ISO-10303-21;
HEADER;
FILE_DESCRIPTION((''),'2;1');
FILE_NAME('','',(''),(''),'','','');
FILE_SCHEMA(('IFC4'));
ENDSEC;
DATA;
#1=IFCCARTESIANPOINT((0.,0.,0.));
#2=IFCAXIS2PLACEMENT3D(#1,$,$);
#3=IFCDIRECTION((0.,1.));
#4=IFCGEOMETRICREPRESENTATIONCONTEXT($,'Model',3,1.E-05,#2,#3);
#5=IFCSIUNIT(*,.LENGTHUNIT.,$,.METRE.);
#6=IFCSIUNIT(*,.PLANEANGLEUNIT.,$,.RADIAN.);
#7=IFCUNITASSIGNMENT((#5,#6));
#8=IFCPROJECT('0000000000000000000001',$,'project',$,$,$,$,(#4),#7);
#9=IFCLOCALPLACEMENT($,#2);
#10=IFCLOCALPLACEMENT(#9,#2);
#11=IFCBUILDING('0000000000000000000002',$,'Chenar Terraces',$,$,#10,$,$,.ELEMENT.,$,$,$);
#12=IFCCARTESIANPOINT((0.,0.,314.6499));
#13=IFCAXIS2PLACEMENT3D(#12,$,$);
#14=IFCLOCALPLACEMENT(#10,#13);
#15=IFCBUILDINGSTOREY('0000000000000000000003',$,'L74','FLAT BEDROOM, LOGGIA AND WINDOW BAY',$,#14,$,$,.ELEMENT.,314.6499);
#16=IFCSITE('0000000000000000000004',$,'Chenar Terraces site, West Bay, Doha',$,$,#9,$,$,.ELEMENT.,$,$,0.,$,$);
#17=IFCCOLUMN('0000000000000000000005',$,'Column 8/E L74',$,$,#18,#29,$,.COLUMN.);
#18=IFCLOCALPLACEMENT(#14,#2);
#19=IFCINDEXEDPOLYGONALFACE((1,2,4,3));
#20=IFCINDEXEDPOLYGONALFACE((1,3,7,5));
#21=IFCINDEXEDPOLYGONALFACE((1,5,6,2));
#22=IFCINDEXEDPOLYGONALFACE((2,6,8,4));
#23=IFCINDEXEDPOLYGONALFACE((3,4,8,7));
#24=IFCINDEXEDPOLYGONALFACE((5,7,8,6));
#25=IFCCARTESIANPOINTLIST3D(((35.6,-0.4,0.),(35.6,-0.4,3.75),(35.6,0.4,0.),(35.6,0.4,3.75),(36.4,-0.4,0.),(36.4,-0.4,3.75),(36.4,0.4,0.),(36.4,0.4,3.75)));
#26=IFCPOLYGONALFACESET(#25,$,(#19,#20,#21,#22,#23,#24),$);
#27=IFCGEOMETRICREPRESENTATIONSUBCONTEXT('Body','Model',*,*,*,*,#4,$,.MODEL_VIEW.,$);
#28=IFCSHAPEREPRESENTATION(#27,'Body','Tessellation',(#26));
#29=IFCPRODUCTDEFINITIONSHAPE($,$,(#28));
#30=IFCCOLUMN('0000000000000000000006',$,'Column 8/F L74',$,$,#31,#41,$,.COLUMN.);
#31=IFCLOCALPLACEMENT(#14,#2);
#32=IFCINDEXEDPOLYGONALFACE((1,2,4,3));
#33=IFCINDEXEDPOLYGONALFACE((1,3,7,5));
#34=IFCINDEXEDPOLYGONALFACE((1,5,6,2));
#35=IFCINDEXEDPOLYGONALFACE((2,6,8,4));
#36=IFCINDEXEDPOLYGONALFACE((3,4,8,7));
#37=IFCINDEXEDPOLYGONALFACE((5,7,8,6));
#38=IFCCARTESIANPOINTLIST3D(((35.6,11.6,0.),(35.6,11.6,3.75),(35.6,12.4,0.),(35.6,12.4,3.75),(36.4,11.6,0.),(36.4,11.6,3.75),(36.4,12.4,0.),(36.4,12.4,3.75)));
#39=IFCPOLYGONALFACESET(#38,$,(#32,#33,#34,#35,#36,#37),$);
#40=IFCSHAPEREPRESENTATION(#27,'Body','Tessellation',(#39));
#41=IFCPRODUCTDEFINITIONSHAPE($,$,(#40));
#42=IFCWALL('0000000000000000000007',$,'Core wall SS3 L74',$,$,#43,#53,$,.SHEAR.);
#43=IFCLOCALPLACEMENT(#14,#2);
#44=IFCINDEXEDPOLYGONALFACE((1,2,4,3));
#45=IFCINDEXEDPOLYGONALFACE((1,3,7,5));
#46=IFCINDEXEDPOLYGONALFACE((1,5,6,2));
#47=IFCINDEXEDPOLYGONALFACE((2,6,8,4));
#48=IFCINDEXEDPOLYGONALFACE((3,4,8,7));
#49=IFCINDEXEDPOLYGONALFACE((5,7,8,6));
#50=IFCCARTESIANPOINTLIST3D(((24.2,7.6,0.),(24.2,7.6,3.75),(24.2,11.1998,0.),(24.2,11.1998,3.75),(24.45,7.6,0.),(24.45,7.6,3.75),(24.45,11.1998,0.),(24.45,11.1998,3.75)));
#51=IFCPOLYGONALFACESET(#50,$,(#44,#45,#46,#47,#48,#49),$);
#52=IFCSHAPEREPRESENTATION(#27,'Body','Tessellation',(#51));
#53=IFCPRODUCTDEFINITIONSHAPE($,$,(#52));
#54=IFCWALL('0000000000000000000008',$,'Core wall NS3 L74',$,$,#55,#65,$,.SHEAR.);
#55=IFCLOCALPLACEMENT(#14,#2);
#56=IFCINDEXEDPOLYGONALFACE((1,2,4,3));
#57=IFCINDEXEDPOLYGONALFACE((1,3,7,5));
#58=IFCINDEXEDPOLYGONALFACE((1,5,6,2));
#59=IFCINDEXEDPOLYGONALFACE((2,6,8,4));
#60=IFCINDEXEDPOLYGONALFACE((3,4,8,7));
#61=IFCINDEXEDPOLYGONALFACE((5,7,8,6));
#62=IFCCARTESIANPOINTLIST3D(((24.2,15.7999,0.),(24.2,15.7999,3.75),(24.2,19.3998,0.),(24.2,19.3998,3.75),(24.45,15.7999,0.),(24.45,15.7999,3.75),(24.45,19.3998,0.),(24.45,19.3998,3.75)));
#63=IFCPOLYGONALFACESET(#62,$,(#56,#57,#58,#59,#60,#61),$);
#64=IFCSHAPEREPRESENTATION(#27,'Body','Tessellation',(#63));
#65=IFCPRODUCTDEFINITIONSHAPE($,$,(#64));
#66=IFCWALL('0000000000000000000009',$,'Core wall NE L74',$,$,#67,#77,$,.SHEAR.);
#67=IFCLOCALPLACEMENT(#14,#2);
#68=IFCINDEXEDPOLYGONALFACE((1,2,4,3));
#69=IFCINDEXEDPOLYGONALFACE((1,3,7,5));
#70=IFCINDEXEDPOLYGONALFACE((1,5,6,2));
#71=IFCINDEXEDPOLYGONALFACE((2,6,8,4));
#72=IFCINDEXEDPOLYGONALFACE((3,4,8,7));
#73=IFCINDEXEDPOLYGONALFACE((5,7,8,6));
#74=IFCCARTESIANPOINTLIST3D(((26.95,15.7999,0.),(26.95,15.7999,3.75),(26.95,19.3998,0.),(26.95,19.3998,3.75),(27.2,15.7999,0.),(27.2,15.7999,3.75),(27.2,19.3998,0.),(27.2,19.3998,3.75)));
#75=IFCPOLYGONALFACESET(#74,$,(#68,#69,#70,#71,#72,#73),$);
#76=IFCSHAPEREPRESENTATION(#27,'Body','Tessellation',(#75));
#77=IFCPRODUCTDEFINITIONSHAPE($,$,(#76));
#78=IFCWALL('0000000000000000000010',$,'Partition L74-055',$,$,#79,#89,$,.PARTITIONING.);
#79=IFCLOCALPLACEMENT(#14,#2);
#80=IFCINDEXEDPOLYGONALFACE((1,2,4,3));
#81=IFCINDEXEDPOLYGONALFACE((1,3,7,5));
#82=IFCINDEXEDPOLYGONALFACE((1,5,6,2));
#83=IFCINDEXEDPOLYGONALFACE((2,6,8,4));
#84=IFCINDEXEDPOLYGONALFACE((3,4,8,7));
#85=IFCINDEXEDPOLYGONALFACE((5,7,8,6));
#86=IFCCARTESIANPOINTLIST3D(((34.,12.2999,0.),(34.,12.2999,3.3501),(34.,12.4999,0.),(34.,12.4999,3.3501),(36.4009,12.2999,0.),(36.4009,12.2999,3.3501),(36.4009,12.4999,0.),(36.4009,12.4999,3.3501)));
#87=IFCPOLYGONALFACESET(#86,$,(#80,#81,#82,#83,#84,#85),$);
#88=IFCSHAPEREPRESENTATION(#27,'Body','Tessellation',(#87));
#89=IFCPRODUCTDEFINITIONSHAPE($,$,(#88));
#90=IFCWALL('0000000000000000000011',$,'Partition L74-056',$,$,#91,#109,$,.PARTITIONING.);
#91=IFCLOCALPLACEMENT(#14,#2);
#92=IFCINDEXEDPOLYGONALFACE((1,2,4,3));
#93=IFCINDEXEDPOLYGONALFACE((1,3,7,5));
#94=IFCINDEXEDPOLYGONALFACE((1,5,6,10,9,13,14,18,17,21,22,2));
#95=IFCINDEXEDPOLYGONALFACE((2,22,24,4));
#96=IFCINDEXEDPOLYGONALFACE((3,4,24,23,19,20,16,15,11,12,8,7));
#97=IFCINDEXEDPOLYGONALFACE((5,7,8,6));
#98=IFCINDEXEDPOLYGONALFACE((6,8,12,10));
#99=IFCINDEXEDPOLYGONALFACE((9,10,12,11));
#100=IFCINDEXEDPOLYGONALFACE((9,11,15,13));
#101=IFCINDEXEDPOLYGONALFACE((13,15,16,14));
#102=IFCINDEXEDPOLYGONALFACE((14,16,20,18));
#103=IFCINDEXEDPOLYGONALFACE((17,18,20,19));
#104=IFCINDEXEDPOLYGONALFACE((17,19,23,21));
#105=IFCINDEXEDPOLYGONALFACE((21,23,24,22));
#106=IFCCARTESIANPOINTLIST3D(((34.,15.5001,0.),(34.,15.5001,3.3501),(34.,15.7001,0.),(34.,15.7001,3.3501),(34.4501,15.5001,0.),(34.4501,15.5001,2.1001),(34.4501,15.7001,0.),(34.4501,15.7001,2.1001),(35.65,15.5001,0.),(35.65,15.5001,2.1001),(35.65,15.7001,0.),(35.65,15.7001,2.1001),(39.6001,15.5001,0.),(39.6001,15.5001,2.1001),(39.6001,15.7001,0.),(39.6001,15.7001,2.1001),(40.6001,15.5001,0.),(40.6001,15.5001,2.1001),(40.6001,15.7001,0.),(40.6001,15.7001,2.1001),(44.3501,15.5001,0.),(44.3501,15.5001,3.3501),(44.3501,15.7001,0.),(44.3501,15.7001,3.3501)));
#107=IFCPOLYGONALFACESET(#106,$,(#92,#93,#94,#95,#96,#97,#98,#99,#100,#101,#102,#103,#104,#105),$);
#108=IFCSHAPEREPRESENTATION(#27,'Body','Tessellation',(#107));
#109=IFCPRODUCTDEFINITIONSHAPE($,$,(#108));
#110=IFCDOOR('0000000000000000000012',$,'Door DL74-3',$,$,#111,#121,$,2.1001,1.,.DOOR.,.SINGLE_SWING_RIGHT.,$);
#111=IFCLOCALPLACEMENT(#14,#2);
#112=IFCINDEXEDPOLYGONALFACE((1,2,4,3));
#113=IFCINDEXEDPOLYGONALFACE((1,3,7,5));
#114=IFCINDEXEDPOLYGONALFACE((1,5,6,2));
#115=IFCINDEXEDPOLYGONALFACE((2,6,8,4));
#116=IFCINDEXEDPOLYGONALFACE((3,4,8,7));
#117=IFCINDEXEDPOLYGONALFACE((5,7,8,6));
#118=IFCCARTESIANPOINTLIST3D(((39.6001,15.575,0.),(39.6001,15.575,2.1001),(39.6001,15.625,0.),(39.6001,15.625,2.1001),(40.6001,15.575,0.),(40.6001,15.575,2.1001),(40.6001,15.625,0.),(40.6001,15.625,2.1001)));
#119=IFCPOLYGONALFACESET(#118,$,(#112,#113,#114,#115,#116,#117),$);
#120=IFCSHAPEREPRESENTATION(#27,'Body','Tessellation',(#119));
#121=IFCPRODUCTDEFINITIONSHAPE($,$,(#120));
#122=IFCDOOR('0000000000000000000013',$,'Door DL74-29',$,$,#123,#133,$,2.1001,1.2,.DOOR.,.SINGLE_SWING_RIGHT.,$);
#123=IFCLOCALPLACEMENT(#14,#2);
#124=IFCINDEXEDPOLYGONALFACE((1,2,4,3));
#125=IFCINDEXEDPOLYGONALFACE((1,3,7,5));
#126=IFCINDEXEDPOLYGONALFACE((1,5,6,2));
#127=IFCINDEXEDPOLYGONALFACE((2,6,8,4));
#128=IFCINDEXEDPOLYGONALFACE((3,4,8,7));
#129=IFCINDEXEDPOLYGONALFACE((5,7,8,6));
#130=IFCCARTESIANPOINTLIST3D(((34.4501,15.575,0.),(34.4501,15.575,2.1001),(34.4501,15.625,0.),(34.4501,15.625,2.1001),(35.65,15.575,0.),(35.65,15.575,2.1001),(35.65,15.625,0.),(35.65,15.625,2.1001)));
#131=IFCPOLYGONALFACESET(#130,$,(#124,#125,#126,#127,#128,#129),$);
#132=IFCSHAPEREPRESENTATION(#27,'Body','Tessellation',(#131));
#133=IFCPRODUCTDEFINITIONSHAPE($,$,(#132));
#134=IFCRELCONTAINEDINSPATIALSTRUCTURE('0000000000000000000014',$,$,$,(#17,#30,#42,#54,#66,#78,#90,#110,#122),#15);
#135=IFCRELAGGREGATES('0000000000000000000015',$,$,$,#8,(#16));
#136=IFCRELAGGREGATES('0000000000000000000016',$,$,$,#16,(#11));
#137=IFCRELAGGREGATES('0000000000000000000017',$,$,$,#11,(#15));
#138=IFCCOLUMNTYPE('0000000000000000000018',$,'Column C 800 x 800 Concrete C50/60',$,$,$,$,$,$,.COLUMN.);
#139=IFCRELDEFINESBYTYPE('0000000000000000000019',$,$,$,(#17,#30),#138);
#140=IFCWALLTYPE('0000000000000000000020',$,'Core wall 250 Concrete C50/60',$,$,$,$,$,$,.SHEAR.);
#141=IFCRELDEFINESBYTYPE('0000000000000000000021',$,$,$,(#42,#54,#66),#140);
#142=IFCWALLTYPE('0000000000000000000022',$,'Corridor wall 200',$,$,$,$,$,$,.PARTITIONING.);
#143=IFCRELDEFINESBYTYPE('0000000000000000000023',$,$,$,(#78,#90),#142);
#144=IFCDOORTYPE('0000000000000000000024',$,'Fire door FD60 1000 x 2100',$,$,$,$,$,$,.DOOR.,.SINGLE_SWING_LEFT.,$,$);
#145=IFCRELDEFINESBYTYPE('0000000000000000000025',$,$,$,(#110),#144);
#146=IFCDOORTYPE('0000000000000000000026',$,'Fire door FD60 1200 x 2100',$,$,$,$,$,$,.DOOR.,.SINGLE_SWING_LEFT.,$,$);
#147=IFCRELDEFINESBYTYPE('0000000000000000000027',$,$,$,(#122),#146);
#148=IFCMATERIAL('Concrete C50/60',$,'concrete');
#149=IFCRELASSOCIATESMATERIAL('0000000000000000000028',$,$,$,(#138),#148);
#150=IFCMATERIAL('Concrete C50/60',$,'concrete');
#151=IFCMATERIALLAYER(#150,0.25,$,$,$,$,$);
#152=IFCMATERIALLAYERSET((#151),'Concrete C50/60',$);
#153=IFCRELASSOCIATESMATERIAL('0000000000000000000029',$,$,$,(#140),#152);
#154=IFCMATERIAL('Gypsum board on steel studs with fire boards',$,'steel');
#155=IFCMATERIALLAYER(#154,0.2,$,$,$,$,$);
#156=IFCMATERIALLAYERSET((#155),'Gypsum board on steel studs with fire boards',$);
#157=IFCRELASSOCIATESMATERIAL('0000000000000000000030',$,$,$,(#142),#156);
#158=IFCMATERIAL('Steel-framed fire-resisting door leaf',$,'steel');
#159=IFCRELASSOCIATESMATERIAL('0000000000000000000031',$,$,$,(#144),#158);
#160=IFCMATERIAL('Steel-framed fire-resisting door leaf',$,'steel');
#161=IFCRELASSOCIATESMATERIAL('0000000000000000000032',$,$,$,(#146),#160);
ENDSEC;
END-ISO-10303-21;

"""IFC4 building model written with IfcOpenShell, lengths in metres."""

from ifc_helpers import new_model, si_unit, direction, frame, frame_2d, origin, origin_2d, place, context, subcontext, project, spatial, rectangle, extrude, material, layer, layer_set, material_profile, profile_set, type_object, element, fill, save


model = new_model("IFC4")

# Units and contexts
model_context = context("Model", 3, precision=1e-05, world=origin(), true_north=direction((0.0, 1.0)))
body_context = subcontext(model_context, "Body", "Model", "MODEL_VIEW")
ifc_project = project(units=[si_unit("LENGTHUNIT", "METRE"), si_unit("PLANEANGLEUNIT", "RADIAN")], contexts=[model_context])

# Site, building, storey
site_placement = place(None, origin())
site = spatial("IfcSite", under=ifc_project, at=site_placement, Name="Chenar Terraces site, West Bay, Doha", CompositionType="ELEMENT", RefElevation=0.0)
building_placement = place(site_placement, origin())
building = spatial("IfcBuilding", under=site, at=building_placement, Name="Chenar Terraces", CompositionType="ELEMENT")
storey_placement = place(building_placement, frame((0.0, 0.0, 314.6499)))
storey = spatial("IfcBuildingStorey", under=building, at=storey_placement, Name="L74", Description="FLAT BEDROOM, LOGGIA AND WINDOW BAY", CompositionType="ELEMENT", Elevation=314.6499)

# Columns
ifc_material_1 = material(Name="Concrete C50/60", Category="concrete")
ifc_material_profile = material_profile(ifc_material_1, rectangle(XDim=0.8, YDim=0.8, at=origin_2d()), Name="C 800 x 800")
ifc_profile_set = profile_set([ifc_material_profile], Name="Concrete C50/60")
column_type = type_object("IfcColumnType", Name="Column C 800 x 800 Concrete C50/60", PredefinedType="COLUMN", material=ifc_profile_set)
for number, where, z_axis, x_axis, name in (
    (1, (36.0, 0.0, 0.0), (0.0, 0.0, 1.0), (1.0, 0.0, 0.0), "Column 8/E L74"),
    (2, (36.0, 12.0, 0.0), (0.0, 0.0, 1.0), (1.0, 0.0, 0.0), "Column 8/F L74"),
):
    element("IfcColumn", number, at=place(storey_placement, frame(where, z_axis=z_axis, x_axis=x_axis)), inside=storey, type_object=column_type, Name=name, PredefinedType="COLUMN", context=body_context, shape_type="SweptSolid", body=[
        extrude(rectangle(XDim=0.8, YDim=0.8, at=origin_2d()), origin(), (0.0, 0.0, 1.0), 3.75),
    ])

# Walls
ifc_material_2 = material(Name="Concrete C50/60", Category="concrete")
ifc_layer_1 = layer(ifc_material_2, 0.25)
ifc_layer_set_1 = layer_set([ifc_layer_1], Name="Concrete C50/60")
wall_type_1 = type_object("IfcWallType", Name="Core wall 250 Concrete C50/60", PredefinedType="SHEAR", material=ifc_layer_set_1)
for number, where, z_axis, x_axis, name in (
    (3, (24.325, 7.6001, 0.0), (0.0, 0.0, 1.0), (0.0, 1.0, 0.0), "Core wall SS3 L74"),
    (4, (24.325, 15.8, 0.0), (0.0, 0.0, 1.0), (0.0, 1.0, 0.0), "Core wall NS3 L74"),
    (5, (27.075, 15.8, 0.0), (0.0, 0.0, 1.0), (0.0, 1.0, 0.0), "Core wall NE L74"),
):
    element("IfcWall", number, at=place(storey_placement, frame(where, z_axis=z_axis, x_axis=x_axis)), inside=storey, type_object=wall_type_1, Name=name, PredefinedType="SHEAR", context=body_context, shape_type="SweptSolid", body=[
        extrude(rectangle(XDim=3.5999, YDim=0.25, at=frame_2d((1.7998, 0.0))), origin(), (0.0, 0.0, 1.0), 3.75),
    ])

# Wall
ifc_material_3 = material(Name="Gypsum board on steel studs with fire boards", Category="steel")
ifc_layer_2 = layer(ifc_material_3, 0.2)
ifc_layer_set_2 = layer_set([ifc_layer_2], Name="Gypsum board on steel studs with fire boards")
wall_type_2 = type_object("IfcWallType", Name="Corridor wall 200", PredefinedType="PARTITIONING", material=ifc_layer_set_2)
wall_1_placement = place(storey_placement, frame((34.0, 12.3999, 0.0), z_axis=(0.0, 0.0, 1.0), x_axis=(1.0, 0.0, 0.0)))
element("IfcWall", 6, at=wall_1_placement, inside=storey, type_object=wall_type_2, Name="Partition L74-055", PredefinedType="PARTITIONING", context=body_context, shape_type="SweptSolid", body=[
    extrude(rectangle(XDim=2.4009, YDim=0.2, at=frame_2d((1.2004, 0.0))), origin(), (0.0, 0.0, 1.0), 3.3501),
])

# Wall, openings, doors
wall_2_placement = place(storey_placement, frame((34.0, 15.6001, 0.0), z_axis=(0.0, 0.0, 1.0), x_axis=(1.0, 0.0, 0.0)))
wall_2 = element("IfcWall", 7, at=wall_2_placement, inside=storey, type_object=wall_type_2, Name="Partition L74-056", PredefinedType="PARTITIONING", context=body_context, shape_type="SweptSolid", body=[
    extrude(rectangle(XDim=10.3501, YDim=0.2, at=frame_2d((5.175, 0.0))), origin(), (0.0, 0.0, 1.0), 3.3501),
])
opening_1_placement = place(wall_2_placement, frame((5.6001, 0.0, 0.0)))
opening_1 = element("IfcOpeningElement", 8, at=opening_1_placement, cuts=wall_2, PredefinedType="OPENING", context=body_context, shape_type="SweptSolid", body=[
    extrude(rectangle(XDim=1.0, YDim=2.1001, at=frame_2d((0.5, 1.05))), frame((0.0, 0.1099, 0.0), z_axis=(0.0, -1.0, 0.0), x_axis=(1.0, 0.0, 0.0)), (0.0, 0.0, 1.0), 0.22),
])
opening_2_placement = place(wall_2_placement, frame((0.45, 0.0, 0.0)))
opening_2 = element("IfcOpeningElement", 9, at=opening_2_placement, cuts=wall_2, PredefinedType="OPENING", context=body_context, shape_type="SweptSolid", body=[
    extrude(rectangle(XDim=1.2, YDim=2.1001, at=frame_2d((0.6001, 1.05))), frame((0.0, 0.1099, 0.0), z_axis=(0.0, -1.0, 0.0), x_axis=(1.0, 0.0, 0.0)), (0.0, 0.0, 1.0), 0.22),
])
ifc_material_4 = material(Name="Steel-framed fire-resisting door leaf", Category="steel")
door_type_1 = type_object("IfcDoorType", Name="Fire door FD60 1000 x 2100", OperationType="SINGLE_SWING_LEFT", PredefinedType="DOOR", material=ifc_material_4)
door_1_placement = place(opening_1_placement, origin())
door_1 = element("IfcDoor", 10, at=door_1_placement, inside=storey, type_object=door_type_1, Name="Door DL74-3", OperationType="SINGLE_SWING_RIGHT", OverallHeight=2.1001, OverallWidth=1.0, PredefinedType="DOOR", context=body_context, shape_type="SweptSolid", body=[
    extrude(rectangle(XDim=1.0, YDim=2.1001, at=frame_2d((0.5, 1.05))), frame((0.0, 0.0249, 0.0), z_axis=(0.0, -1.0, 0.0), x_axis=(1.0, 0.0, 0.0)), (0.0, 0.0, 1.0), 0.05),
])
fill(opening_1, door_1)
ifc_material_5 = material(Name="Steel-framed fire-resisting door leaf", Category="steel")
door_type_2 = type_object("IfcDoorType", Name="Fire door FD60 1200 x 2100", OperationType="SINGLE_SWING_LEFT", PredefinedType="DOOR", material=ifc_material_5)
door_2_placement = place(opening_2_placement, origin())
door_2 = element("IfcDoor", 11, at=door_2_placement, inside=storey, type_object=door_type_2, Name="Door DL74-29", OperationType="SINGLE_SWING_RIGHT", OverallHeight=2.1001, OverallWidth=1.2, PredefinedType="DOOR", context=body_context, shape_type="SweptSolid", body=[
    extrude(rectangle(XDim=1.2, YDim=2.1001, at=frame_2d((0.6001, 1.05))), frame((0.0, 0.0249, 0.0), z_axis=(0.0, -1.0, 0.0), x_axis=(1.0, 0.0, 0.0)), (0.0, 0.0, 1.0), 0.05),
])
fill(opening_2, door_2)

save(model, "model.ifc")
